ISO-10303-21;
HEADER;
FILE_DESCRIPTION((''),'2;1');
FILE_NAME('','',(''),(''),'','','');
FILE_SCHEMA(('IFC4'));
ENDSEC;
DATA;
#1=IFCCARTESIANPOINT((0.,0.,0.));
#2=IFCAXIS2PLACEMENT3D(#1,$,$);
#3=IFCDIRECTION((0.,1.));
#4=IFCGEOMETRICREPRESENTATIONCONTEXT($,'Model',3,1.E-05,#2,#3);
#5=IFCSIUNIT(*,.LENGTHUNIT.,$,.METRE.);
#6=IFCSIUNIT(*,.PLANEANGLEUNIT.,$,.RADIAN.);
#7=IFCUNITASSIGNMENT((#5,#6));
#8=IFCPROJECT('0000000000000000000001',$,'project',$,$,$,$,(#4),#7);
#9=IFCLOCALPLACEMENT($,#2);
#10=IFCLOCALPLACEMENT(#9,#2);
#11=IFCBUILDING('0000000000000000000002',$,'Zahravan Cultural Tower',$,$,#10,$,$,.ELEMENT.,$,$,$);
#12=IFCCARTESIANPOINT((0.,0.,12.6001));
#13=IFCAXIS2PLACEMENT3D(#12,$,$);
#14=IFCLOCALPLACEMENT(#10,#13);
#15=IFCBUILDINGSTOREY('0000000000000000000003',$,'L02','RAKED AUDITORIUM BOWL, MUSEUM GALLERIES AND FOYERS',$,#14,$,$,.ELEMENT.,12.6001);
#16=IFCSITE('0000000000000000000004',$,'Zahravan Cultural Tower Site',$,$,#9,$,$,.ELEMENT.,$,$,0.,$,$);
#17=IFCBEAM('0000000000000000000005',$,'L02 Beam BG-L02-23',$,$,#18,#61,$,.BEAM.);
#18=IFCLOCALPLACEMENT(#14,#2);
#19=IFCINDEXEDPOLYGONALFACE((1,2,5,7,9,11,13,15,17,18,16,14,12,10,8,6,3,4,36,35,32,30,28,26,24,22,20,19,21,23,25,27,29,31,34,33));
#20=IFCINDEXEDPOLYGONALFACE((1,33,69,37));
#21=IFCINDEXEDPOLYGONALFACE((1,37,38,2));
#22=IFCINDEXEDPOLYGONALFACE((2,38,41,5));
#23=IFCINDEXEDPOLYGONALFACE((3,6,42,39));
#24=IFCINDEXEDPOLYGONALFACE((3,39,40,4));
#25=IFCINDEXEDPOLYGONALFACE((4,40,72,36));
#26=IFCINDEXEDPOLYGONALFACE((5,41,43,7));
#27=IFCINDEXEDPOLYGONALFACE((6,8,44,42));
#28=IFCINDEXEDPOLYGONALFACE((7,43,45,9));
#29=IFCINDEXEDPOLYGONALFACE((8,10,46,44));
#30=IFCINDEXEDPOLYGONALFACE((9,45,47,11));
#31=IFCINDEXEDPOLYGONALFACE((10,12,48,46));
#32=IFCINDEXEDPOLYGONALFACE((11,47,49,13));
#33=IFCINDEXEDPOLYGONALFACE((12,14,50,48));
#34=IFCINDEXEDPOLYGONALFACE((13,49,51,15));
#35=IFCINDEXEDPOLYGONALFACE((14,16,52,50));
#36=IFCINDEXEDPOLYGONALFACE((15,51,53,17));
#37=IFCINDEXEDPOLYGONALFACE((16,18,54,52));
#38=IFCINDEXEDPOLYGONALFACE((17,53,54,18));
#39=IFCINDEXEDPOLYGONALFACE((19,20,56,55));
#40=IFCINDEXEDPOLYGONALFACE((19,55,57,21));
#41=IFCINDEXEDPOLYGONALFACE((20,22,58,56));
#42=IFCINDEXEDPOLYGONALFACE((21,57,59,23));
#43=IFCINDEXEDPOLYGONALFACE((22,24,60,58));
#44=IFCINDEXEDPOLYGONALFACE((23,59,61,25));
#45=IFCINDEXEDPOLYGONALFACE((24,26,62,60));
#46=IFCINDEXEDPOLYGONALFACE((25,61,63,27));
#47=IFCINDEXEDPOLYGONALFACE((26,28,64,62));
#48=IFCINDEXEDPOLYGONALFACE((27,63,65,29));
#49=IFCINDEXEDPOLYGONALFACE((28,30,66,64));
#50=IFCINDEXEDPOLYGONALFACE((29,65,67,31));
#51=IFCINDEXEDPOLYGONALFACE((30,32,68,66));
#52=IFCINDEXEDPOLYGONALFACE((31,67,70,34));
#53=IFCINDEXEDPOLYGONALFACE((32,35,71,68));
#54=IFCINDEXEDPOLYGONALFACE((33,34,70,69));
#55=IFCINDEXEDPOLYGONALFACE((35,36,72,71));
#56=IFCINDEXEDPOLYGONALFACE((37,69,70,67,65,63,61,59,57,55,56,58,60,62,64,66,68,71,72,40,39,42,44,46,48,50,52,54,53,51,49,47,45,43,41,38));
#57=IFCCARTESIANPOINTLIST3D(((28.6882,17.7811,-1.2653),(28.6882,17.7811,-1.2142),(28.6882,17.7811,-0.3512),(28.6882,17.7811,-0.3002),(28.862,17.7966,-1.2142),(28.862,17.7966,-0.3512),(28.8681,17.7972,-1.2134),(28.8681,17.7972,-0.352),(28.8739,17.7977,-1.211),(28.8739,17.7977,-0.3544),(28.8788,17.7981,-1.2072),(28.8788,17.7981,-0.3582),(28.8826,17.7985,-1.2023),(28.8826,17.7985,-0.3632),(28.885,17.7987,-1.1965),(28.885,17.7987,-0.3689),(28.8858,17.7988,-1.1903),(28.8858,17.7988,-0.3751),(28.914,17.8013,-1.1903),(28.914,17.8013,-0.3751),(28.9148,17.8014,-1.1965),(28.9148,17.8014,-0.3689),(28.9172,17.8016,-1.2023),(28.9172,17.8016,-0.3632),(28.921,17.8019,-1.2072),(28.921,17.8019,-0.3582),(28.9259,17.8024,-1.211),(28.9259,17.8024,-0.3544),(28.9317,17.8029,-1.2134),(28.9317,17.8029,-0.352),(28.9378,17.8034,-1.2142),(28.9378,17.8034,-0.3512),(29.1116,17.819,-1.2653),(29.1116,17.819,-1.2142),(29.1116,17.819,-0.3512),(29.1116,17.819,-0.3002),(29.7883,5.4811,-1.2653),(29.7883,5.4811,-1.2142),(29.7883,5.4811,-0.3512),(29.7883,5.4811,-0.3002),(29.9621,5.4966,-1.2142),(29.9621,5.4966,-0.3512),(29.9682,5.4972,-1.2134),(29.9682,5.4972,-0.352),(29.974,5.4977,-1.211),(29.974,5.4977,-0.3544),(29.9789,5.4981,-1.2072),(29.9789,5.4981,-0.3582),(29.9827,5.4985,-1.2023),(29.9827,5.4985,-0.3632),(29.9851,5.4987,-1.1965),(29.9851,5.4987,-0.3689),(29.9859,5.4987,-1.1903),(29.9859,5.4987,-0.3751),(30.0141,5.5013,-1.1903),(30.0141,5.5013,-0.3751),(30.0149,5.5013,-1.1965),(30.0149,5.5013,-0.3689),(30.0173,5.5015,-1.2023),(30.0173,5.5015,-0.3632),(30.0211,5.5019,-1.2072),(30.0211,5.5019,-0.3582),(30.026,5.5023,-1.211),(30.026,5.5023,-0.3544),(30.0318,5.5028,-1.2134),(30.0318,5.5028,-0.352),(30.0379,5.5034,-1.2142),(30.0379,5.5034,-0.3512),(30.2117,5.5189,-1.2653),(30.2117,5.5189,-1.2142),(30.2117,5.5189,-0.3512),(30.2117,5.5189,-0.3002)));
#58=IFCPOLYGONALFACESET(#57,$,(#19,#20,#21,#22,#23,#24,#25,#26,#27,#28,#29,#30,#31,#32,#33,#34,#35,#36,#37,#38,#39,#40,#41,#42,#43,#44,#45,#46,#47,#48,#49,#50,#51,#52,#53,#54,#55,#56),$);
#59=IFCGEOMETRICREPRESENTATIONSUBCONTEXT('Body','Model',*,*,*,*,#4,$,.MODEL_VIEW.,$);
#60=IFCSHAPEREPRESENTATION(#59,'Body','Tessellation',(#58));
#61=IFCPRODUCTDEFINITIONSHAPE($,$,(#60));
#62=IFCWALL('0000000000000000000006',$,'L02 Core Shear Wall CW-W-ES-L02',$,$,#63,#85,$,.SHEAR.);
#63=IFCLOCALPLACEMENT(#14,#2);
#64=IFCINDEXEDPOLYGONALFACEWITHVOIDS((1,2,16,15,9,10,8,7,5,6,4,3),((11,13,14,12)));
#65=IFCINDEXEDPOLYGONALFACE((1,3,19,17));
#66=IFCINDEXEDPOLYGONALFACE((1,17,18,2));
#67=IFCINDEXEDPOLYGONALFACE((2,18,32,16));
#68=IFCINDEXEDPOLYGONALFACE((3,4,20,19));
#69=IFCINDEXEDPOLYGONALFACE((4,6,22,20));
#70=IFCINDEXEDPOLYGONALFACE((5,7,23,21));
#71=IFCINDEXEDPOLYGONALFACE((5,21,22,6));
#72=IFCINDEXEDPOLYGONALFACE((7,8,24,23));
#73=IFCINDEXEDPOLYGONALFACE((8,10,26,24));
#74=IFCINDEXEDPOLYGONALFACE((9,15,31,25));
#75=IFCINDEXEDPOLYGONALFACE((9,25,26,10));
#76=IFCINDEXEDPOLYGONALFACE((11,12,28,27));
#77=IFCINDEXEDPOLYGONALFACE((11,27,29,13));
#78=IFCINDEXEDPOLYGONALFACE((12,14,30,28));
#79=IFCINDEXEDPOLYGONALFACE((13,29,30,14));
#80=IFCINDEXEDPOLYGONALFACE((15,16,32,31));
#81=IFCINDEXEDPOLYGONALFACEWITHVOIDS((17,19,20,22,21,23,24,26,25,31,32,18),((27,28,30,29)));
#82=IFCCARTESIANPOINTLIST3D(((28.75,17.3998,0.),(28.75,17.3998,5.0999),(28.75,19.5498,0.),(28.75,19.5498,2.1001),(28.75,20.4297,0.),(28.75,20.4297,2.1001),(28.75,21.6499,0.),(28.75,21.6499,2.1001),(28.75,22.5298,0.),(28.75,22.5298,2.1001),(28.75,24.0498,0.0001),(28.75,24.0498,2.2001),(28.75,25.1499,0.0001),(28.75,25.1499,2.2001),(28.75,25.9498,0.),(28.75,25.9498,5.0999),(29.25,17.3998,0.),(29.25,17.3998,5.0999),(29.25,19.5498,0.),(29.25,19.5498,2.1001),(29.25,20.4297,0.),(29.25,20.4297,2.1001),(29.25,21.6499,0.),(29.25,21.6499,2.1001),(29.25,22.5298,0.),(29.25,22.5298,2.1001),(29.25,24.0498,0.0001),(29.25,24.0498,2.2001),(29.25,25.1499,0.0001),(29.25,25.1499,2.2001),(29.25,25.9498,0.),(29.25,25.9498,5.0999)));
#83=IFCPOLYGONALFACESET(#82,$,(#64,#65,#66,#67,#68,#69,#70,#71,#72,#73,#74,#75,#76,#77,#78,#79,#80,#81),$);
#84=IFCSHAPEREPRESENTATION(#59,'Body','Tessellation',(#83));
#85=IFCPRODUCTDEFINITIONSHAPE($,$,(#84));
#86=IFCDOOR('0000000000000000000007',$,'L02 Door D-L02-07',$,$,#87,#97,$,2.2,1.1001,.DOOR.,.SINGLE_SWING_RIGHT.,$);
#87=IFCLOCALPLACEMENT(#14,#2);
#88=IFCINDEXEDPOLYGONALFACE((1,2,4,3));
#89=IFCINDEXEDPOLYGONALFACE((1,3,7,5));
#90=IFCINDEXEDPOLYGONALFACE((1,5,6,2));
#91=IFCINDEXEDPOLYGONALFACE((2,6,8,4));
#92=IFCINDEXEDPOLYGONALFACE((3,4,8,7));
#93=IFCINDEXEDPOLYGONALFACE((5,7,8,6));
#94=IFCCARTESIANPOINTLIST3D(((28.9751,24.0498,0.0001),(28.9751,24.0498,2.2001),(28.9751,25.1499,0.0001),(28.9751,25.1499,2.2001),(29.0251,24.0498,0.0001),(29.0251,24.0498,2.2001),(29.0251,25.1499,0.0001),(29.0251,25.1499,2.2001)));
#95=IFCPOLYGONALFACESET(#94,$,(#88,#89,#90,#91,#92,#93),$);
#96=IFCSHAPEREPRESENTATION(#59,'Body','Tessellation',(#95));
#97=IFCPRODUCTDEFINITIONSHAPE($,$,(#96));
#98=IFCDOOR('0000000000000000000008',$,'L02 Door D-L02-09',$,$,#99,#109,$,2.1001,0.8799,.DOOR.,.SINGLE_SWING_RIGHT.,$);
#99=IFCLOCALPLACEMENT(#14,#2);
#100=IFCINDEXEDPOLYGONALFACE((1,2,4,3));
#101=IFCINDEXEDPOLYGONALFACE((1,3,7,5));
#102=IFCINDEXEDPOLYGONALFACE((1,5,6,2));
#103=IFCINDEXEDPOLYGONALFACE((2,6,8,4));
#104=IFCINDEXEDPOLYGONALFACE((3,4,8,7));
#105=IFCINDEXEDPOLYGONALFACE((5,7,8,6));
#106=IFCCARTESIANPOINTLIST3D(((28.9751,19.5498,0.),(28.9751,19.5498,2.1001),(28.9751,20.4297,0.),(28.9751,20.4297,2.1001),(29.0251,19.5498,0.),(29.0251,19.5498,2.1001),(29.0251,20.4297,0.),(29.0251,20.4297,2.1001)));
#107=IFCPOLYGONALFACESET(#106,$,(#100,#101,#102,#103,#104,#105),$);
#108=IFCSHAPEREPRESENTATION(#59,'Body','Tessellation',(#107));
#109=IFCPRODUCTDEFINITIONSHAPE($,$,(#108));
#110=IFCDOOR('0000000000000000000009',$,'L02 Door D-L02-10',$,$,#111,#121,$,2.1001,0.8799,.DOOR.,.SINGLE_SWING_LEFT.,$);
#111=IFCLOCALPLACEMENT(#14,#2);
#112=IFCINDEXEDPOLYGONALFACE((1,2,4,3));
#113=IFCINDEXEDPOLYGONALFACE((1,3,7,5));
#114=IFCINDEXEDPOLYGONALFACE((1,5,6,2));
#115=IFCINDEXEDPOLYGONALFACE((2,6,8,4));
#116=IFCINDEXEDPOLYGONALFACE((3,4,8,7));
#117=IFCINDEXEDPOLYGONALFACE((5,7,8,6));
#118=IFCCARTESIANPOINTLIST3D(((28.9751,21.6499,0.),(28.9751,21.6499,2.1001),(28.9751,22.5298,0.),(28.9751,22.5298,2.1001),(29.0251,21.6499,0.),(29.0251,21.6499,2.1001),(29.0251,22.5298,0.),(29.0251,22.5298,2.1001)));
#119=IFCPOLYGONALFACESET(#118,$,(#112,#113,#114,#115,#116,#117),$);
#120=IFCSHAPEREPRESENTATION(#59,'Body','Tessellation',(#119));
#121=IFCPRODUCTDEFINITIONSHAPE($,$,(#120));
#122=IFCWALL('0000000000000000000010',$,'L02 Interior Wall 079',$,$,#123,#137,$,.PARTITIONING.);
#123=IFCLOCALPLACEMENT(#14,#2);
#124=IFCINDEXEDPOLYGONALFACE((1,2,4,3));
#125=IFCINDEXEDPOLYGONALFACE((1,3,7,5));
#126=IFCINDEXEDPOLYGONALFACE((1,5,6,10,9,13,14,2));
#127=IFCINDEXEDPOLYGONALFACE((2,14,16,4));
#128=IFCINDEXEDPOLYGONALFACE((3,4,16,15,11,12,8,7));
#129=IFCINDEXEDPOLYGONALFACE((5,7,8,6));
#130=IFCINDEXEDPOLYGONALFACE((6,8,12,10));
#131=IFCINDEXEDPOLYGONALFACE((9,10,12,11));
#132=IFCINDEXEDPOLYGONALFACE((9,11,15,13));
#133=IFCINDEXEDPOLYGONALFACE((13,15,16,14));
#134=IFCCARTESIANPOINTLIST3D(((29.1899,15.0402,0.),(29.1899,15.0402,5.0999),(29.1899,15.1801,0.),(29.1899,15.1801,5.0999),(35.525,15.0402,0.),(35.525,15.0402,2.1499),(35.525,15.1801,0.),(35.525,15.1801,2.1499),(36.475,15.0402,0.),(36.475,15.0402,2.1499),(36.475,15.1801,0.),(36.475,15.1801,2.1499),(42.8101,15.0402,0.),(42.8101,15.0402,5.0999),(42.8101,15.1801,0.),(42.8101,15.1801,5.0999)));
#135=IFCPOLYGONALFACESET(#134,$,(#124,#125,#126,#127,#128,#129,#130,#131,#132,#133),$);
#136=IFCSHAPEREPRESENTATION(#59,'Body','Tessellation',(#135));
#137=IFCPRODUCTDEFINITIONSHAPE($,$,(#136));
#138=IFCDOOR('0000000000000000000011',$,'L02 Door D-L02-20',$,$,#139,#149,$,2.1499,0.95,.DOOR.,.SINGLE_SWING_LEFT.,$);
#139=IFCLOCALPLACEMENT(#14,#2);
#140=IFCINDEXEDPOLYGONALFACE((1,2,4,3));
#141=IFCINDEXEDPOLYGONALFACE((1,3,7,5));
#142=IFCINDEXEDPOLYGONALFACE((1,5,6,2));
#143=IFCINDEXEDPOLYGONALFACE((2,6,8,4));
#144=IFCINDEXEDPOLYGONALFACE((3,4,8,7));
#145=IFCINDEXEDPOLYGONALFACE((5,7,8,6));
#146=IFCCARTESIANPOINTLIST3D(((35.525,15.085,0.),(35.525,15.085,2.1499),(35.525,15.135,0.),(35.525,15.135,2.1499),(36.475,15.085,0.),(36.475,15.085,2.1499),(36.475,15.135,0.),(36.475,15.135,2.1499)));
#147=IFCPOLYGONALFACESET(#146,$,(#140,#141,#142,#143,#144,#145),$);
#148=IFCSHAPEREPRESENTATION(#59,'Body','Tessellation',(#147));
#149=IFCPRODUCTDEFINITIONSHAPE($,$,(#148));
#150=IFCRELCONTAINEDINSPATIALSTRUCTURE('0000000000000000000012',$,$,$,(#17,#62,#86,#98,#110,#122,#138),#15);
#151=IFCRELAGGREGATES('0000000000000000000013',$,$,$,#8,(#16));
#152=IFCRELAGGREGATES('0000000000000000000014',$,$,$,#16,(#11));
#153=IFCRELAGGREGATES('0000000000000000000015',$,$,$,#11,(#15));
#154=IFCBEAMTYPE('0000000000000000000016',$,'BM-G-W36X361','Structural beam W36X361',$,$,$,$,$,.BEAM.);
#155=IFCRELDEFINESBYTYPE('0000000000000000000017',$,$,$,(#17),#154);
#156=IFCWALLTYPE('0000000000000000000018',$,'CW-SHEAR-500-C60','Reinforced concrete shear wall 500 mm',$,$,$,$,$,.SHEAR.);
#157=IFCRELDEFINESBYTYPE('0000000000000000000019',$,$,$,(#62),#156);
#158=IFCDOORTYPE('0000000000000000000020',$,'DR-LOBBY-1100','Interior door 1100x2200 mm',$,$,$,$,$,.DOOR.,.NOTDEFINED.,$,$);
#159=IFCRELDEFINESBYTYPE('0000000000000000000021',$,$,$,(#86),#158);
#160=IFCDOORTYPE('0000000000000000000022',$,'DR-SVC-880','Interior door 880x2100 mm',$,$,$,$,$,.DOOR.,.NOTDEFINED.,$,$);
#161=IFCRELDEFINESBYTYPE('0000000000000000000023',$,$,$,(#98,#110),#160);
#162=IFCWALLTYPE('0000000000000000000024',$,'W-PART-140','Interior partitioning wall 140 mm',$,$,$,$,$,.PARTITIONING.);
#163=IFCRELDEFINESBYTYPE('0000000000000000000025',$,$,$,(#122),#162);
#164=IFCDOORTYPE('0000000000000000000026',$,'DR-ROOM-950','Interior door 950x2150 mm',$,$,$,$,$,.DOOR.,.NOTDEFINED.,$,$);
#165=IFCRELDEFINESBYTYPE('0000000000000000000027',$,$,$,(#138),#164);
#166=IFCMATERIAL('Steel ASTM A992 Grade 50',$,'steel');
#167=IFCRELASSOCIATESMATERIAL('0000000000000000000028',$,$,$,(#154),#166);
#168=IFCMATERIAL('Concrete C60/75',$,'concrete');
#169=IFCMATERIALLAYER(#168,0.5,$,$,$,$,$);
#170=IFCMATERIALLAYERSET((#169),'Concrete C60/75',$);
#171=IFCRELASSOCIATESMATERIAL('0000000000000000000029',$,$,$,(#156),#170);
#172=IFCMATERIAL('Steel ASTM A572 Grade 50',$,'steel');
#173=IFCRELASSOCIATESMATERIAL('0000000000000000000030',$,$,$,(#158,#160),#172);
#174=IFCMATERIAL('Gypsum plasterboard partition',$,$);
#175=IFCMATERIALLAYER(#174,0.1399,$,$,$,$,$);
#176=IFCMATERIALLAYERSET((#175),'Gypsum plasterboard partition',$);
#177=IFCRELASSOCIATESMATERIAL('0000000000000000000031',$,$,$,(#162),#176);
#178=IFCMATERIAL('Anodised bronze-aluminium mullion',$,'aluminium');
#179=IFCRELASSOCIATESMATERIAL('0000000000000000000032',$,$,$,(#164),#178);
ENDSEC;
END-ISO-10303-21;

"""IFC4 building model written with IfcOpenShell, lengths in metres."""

from ifc_helpers import new_model, si_unit, direction, frame, frame_2d, origin, origin_2d, place, context, subcontext, project, spatial, rectangle, i_section, extrude, source, transform, mapped, material, layer, layer_set, material_profile, profile_set, type_object, element, fill, save


model = new_model("IFC4")

# Units and contexts
model_context = context("Model", 3, precision=1e-05, world=origin(), true_north=direction((0.0, 1.0)))
body_context = subcontext(model_context, "Body", "Model", "MODEL_VIEW")
ifc_project = project(units=[si_unit("LENGTHUNIT", "METRE"), si_unit("PLANEANGLEUNIT", "RADIAN")], contexts=[model_context])

# Site, building, storey
site_placement = place(None, origin())
site = spatial("IfcSite", under=ifc_project, at=site_placement, Name="Zahravan Cultural Tower Site", CompositionType="ELEMENT", RefElevation=0.0)
building_placement = place(site_placement, origin())
building = spatial("IfcBuilding", under=site, at=building_placement, Name="Zahravan Cultural Tower", CompositionType="ELEMENT")
storey_placement = place(building_placement, frame((0.0, 0.0, 12.6001)))
storey = spatial("IfcBuildingStorey", under=building, at=storey_placement, Name="L02", Description="RAKED AUDITORIUM BOWL, MUSEUM GALLERIES AND FOYERS", CompositionType="ELEMENT", Elevation=12.6001)

# Shared definitions
ifc_material_1 = material(Name="Concrete C60/75", Category="concrete")
ifc_material_2 = material(Name="Steel ASTM A572 Grade 50", Category="steel")

# Beam
ifc_material_3 = material(Name="Steel ASTM A992 Grade 50", Category="steel")
ifc_material_profile_1 = material_profile(ifc_material_3, i_section(OverallWidth=0.425, OverallDepth=0.9651, WebThickness=0.0283, FlangeThickness=0.051, FilletRadius=0.0239, at=origin_2d()), Name="W36X361")
ifc_profile_set_1 = profile_set([ifc_material_profile_1], Name="Steel ASTM A992 Grade 50")
beam_type_1 = type_object("IfcBeamType", Name="BM-G-W36X361", Description="Structural beam W36X361", PredefinedType="BEAM", material=ifc_profile_set_1)
shared_shape_1 = source(origin(), body_context, "Body", "SweptSolid", [
    extrude(i_section(OverallWidth=0.425, OverallDepth=0.9651, WebThickness=0.0283, FlangeThickness=0.051, FilletRadius=0.0239, at=origin_2d()), origin(), (0.0, 0.0, 1.0), 12.3491),
])
beam_1_placement = place(storey_placement, frame((30.0, 5.5, -0.7827), z_axis=(-0.089083, 0.996024, 0.0), x_axis=(-0.996024, -0.089083, 0.0)))
element("IfcBeam", 1, at=beam_1_placement, inside=storey, type_object=beam_type_1, Name="L02 Beam BG-L02-23", PredefinedType="BEAM", context=body_context, shape_type="MappedRepresentation", body=[
    mapped(shared_shape_1, transform((0.0, 0.0, 0.0), x_axis=(1.0, 0.0, 0.0), y_axis=(0.0, 1.0, 0.0), z_axis=(0.0, 0.0, 1.0), scale=1.0)),
])

# Wall, openings, doors
ifc_layer_1 = layer(ifc_material_1, 0.5)
ifc_layer_set_1 = layer_set([ifc_layer_1], Name="Concrete C60/75")
wall_type_1 = type_object("IfcWallType", Name="CW-SHEAR-500-C60", Description="Reinforced concrete shear wall 500 mm", PredefinedType="SHEAR", material=ifc_layer_set_1)
wall_1_placement = place(storey_placement, frame((29.0, 17.3999, 0.0), z_axis=(0.0, 0.0, 1.0), x_axis=(0.0, 1.0, 0.0)))
wall_1 = element("IfcWall", 2, at=wall_1_placement, inside=storey, type_object=wall_type_1, Name="L02 Core Shear Wall CW-W-ES-L02", PredefinedType="SHEAR", context=body_context, shape_type="SweptSolid", body=[
    extrude(rectangle(XDim=8.55, YDim=0.5, at=frame_2d((4.2749, 0.0))), origin(), (0.0, 0.0, 1.0), 5.0999),
])
opening_1_placement = place(wall_1_placement, frame((6.6499, 0.0, 0.0)))
opening_1 = element("IfcOpeningElement", 3, at=opening_1_placement, cuts=wall_1, PredefinedType="OPENING", context=body_context, shape_type="SweptSolid", body=[
    extrude(rectangle(XDim=1.1001, YDim=2.2, at=frame_2d((0.55, 1.1001))), frame((0.0, 0.26, 0.0), z_axis=(0.0, -1.0, 0.0), x_axis=(1.0, 0.0, 0.0)), (0.0, 0.0, 1.0), 0.52),
])
opening_2_placement = place(wall_1_placement, frame((2.1499, 0.0, 0.0)))
opening_2 = element("IfcOpeningElement", 4, at=opening_2_placement, cuts=wall_1, PredefinedType="OPENING", context=body_context, shape_type="SweptSolid", body=[
    extrude(rectangle(XDim=0.8799, YDim=2.1001, at=frame_2d((0.4399, 1.05))), frame((0.0, 0.26, 0.0), z_axis=(0.0, -1.0, 0.0), x_axis=(1.0, 0.0, 0.0)), (0.0, 0.0, 1.0), 0.52),
])
opening_3_placement = place(wall_1_placement, frame((4.25, 0.0, 0.0)))
opening_3 = element("IfcOpeningElement", 5, at=opening_3_placement, cuts=wall_1, PredefinedType="OPENING", context=body_context, shape_type="SweptSolid", body=[
    extrude(rectangle(XDim=0.8799, YDim=2.1001, at=frame_2d((0.4399, 1.05))), frame((0.0, 0.26, 0.0), z_axis=(0.0, -1.0, 0.0), x_axis=(1.0, 0.0, 0.0)), (0.0, 0.0, 1.0), 0.52),
])
door_type_1 = type_object("IfcDoorType", Name="DR-LOBBY-1100", Description="Interior door 1100x2200 mm", OperationType="NOTDEFINED", PredefinedType="DOOR", material=ifc_material_2)
shared_shape_2 = source(origin(), body_context, "Body", "SweptSolid", [
    extrude(rectangle(XDim=1.1001, YDim=2.2, at=frame_2d((0.55, 1.1001))), frame((0.0, 0.0249, 0.0), z_axis=(0.0, -1.0, 0.0), x_axis=(1.0, 0.0, 0.0)), (0.0, 0.0, 1.0), 0.05),
])
door_1_placement = place(opening_1_placement, origin())
door_1 = element("IfcDoor", 6, at=door_1_placement, inside=storey, type_object=door_type_1, Name="L02 Door D-L02-07", OperationType="SINGLE_SWING_RIGHT", OverallHeight=2.2, OverallWidth=1.1001, PredefinedType="DOOR", context=body_context, shape_type="MappedRepresentation", body=[
    mapped(shared_shape_2, transform((0.0, 0.0, 0.0), x_axis=(1.0, 0.0, 0.0), y_axis=(0.0, 1.0, 0.0), z_axis=(0.0, 0.0, 1.0), scale=1.0)),
])
fill(opening_1, door_1)
door_type_2 = type_object("IfcDoorType", Name="DR-SVC-880", Description="Interior door 880x2100 mm", OperationType="NOTDEFINED", PredefinedType="DOOR", material=ifc_material_2)
shared_shape_3 = source(origin(), body_context, "Body", "SweptSolid", [
    extrude(rectangle(XDim=0.8799, YDim=2.1001, at=frame_2d((0.4399, 1.05))), frame((0.0, 0.0249, 0.0), z_axis=(0.0, -1.0, 0.0), x_axis=(1.0, 0.0, 0.0)), (0.0, 0.0, 1.0), 0.05),
])
door_2_placement = place(opening_2_placement, origin())
door_2 = element("IfcDoor", 7, at=door_2_placement, inside=storey, type_object=door_type_2, Name="L02 Door D-L02-09", OperationType="SINGLE_SWING_RIGHT", OverallHeight=2.1001, OverallWidth=0.8799, PredefinedType="DOOR", context=body_context, shape_type="MappedRepresentation", body=[
    mapped(shared_shape_3, transform((0.0, 0.0, 0.0), x_axis=(1.0, 0.0, 0.0), y_axis=(0.0, 1.0, 0.0), z_axis=(0.0, 0.0, 1.0), scale=1.0)),
])
fill(opening_2, door_2)
door_3_placement = place(opening_3_placement, origin())
door_3 = element("IfcDoor", 8, at=door_3_placement, inside=storey, type_object=door_type_2, Name="L02 Door D-L02-10", OperationType="SINGLE_SWING_LEFT", OverallHeight=2.1001, OverallWidth=0.8799, PredefinedType="DOOR", context=body_context, shape_type="MappedRepresentation", body=[
    mapped(shared_shape_3, transform((0.0, 0.0, 0.0), x_axis=(1.0, 0.0, 0.0), y_axis=(0.0, 1.0, 0.0), z_axis=(0.0, 0.0, 1.0), scale=1.0)),
])
fill(opening_3, door_3)

# Wall, opening, door
ifc_material_4 = material(Name="Gypsum plasterboard partition")
ifc_layer_2 = layer(ifc_material_4, 0.1399)
ifc_layer_set_2 = layer_set([ifc_layer_2], Name="Gypsum plasterboard partition")
wall_type_2 = type_object("IfcWallType", Name="W-PART-140", Description="Interior partitioning wall 140 mm", PredefinedType="PARTITIONING", material=ifc_layer_set_2)
wall_2_placement = place(storey_placement, frame((29.1899, 15.1101, 0.0), z_axis=(0.0, 0.0, 1.0), x_axis=(1.0, 0.0, 0.0)))
wall_2 = element("IfcWall", 9, at=wall_2_placement, inside=storey, type_object=wall_type_2, Name="L02 Interior Wall 079", PredefinedType="PARTITIONING", context=body_context, shape_type="SweptSolid", body=[
    extrude(rectangle(XDim=13.6201, YDim=0.1399, at=frame_2d((6.8101, 0.0))), origin(), (0.0, 0.0, 1.0), 5.0999),
])
opening_4_placement = place(wall_2_placement, frame((6.335, 0.0, 0.0)))
opening_4 = element("IfcOpeningElement", 10, at=opening_4_placement, cuts=wall_2, PredefinedType="OPENING", context=body_context, shape_type="SweptSolid", body=[
    extrude(rectangle(XDim=0.95, YDim=2.1499, at=frame_2d((0.4751, 1.075))), frame((0.0, 0.0798, 0.0), z_axis=(0.0, -1.0, 0.0), x_axis=(1.0, 0.0, 0.0)), (0.0, 0.0, 1.0), 0.1599),
])
ifc_material_5 = material(Name="Anodised bronze-aluminium mullion", Category="aluminium")
door_type_3 = type_object("IfcDoorType", Name="DR-ROOM-950", Description="Interior door 950x2150 mm", OperationType="NOTDEFINED", PredefinedType="DOOR", material=ifc_material_5)
shared_shape_4 = source(origin(), body_context, "Body", "SweptSolid", [
    extrude(rectangle(XDim=0.95, YDim=2.1499, at=frame_2d((0.4751, 1.075))), frame((0.0, 0.0249, 0.0), z_axis=(0.0, -1.0, 0.0), x_axis=(1.0, 0.0, 0.0)), (0.0, 0.0, 1.0), 0.05),
])
door_4_placement = place(opening_4_placement, origin())
door_4 = element("IfcDoor", 11, at=door_4_placement, inside=storey, type_object=door_type_3, Name="L02 Door D-L02-20", OperationType="SINGLE_SWING_LEFT", OverallHeight=2.1499, OverallWidth=0.95, PredefinedType="DOOR", context=body_context, shape_type="MappedRepresentation", body=[
    mapped(shared_shape_4, transform((0.0, 0.0, 0.0), x_axis=(1.0, 0.0, 0.0), y_axis=(0.0, 1.0, 0.0), z_axis=(0.0, 0.0, 1.0), scale=1.0)),
])
fill(opening_4, door_4)

save(model, "model.ifc")
